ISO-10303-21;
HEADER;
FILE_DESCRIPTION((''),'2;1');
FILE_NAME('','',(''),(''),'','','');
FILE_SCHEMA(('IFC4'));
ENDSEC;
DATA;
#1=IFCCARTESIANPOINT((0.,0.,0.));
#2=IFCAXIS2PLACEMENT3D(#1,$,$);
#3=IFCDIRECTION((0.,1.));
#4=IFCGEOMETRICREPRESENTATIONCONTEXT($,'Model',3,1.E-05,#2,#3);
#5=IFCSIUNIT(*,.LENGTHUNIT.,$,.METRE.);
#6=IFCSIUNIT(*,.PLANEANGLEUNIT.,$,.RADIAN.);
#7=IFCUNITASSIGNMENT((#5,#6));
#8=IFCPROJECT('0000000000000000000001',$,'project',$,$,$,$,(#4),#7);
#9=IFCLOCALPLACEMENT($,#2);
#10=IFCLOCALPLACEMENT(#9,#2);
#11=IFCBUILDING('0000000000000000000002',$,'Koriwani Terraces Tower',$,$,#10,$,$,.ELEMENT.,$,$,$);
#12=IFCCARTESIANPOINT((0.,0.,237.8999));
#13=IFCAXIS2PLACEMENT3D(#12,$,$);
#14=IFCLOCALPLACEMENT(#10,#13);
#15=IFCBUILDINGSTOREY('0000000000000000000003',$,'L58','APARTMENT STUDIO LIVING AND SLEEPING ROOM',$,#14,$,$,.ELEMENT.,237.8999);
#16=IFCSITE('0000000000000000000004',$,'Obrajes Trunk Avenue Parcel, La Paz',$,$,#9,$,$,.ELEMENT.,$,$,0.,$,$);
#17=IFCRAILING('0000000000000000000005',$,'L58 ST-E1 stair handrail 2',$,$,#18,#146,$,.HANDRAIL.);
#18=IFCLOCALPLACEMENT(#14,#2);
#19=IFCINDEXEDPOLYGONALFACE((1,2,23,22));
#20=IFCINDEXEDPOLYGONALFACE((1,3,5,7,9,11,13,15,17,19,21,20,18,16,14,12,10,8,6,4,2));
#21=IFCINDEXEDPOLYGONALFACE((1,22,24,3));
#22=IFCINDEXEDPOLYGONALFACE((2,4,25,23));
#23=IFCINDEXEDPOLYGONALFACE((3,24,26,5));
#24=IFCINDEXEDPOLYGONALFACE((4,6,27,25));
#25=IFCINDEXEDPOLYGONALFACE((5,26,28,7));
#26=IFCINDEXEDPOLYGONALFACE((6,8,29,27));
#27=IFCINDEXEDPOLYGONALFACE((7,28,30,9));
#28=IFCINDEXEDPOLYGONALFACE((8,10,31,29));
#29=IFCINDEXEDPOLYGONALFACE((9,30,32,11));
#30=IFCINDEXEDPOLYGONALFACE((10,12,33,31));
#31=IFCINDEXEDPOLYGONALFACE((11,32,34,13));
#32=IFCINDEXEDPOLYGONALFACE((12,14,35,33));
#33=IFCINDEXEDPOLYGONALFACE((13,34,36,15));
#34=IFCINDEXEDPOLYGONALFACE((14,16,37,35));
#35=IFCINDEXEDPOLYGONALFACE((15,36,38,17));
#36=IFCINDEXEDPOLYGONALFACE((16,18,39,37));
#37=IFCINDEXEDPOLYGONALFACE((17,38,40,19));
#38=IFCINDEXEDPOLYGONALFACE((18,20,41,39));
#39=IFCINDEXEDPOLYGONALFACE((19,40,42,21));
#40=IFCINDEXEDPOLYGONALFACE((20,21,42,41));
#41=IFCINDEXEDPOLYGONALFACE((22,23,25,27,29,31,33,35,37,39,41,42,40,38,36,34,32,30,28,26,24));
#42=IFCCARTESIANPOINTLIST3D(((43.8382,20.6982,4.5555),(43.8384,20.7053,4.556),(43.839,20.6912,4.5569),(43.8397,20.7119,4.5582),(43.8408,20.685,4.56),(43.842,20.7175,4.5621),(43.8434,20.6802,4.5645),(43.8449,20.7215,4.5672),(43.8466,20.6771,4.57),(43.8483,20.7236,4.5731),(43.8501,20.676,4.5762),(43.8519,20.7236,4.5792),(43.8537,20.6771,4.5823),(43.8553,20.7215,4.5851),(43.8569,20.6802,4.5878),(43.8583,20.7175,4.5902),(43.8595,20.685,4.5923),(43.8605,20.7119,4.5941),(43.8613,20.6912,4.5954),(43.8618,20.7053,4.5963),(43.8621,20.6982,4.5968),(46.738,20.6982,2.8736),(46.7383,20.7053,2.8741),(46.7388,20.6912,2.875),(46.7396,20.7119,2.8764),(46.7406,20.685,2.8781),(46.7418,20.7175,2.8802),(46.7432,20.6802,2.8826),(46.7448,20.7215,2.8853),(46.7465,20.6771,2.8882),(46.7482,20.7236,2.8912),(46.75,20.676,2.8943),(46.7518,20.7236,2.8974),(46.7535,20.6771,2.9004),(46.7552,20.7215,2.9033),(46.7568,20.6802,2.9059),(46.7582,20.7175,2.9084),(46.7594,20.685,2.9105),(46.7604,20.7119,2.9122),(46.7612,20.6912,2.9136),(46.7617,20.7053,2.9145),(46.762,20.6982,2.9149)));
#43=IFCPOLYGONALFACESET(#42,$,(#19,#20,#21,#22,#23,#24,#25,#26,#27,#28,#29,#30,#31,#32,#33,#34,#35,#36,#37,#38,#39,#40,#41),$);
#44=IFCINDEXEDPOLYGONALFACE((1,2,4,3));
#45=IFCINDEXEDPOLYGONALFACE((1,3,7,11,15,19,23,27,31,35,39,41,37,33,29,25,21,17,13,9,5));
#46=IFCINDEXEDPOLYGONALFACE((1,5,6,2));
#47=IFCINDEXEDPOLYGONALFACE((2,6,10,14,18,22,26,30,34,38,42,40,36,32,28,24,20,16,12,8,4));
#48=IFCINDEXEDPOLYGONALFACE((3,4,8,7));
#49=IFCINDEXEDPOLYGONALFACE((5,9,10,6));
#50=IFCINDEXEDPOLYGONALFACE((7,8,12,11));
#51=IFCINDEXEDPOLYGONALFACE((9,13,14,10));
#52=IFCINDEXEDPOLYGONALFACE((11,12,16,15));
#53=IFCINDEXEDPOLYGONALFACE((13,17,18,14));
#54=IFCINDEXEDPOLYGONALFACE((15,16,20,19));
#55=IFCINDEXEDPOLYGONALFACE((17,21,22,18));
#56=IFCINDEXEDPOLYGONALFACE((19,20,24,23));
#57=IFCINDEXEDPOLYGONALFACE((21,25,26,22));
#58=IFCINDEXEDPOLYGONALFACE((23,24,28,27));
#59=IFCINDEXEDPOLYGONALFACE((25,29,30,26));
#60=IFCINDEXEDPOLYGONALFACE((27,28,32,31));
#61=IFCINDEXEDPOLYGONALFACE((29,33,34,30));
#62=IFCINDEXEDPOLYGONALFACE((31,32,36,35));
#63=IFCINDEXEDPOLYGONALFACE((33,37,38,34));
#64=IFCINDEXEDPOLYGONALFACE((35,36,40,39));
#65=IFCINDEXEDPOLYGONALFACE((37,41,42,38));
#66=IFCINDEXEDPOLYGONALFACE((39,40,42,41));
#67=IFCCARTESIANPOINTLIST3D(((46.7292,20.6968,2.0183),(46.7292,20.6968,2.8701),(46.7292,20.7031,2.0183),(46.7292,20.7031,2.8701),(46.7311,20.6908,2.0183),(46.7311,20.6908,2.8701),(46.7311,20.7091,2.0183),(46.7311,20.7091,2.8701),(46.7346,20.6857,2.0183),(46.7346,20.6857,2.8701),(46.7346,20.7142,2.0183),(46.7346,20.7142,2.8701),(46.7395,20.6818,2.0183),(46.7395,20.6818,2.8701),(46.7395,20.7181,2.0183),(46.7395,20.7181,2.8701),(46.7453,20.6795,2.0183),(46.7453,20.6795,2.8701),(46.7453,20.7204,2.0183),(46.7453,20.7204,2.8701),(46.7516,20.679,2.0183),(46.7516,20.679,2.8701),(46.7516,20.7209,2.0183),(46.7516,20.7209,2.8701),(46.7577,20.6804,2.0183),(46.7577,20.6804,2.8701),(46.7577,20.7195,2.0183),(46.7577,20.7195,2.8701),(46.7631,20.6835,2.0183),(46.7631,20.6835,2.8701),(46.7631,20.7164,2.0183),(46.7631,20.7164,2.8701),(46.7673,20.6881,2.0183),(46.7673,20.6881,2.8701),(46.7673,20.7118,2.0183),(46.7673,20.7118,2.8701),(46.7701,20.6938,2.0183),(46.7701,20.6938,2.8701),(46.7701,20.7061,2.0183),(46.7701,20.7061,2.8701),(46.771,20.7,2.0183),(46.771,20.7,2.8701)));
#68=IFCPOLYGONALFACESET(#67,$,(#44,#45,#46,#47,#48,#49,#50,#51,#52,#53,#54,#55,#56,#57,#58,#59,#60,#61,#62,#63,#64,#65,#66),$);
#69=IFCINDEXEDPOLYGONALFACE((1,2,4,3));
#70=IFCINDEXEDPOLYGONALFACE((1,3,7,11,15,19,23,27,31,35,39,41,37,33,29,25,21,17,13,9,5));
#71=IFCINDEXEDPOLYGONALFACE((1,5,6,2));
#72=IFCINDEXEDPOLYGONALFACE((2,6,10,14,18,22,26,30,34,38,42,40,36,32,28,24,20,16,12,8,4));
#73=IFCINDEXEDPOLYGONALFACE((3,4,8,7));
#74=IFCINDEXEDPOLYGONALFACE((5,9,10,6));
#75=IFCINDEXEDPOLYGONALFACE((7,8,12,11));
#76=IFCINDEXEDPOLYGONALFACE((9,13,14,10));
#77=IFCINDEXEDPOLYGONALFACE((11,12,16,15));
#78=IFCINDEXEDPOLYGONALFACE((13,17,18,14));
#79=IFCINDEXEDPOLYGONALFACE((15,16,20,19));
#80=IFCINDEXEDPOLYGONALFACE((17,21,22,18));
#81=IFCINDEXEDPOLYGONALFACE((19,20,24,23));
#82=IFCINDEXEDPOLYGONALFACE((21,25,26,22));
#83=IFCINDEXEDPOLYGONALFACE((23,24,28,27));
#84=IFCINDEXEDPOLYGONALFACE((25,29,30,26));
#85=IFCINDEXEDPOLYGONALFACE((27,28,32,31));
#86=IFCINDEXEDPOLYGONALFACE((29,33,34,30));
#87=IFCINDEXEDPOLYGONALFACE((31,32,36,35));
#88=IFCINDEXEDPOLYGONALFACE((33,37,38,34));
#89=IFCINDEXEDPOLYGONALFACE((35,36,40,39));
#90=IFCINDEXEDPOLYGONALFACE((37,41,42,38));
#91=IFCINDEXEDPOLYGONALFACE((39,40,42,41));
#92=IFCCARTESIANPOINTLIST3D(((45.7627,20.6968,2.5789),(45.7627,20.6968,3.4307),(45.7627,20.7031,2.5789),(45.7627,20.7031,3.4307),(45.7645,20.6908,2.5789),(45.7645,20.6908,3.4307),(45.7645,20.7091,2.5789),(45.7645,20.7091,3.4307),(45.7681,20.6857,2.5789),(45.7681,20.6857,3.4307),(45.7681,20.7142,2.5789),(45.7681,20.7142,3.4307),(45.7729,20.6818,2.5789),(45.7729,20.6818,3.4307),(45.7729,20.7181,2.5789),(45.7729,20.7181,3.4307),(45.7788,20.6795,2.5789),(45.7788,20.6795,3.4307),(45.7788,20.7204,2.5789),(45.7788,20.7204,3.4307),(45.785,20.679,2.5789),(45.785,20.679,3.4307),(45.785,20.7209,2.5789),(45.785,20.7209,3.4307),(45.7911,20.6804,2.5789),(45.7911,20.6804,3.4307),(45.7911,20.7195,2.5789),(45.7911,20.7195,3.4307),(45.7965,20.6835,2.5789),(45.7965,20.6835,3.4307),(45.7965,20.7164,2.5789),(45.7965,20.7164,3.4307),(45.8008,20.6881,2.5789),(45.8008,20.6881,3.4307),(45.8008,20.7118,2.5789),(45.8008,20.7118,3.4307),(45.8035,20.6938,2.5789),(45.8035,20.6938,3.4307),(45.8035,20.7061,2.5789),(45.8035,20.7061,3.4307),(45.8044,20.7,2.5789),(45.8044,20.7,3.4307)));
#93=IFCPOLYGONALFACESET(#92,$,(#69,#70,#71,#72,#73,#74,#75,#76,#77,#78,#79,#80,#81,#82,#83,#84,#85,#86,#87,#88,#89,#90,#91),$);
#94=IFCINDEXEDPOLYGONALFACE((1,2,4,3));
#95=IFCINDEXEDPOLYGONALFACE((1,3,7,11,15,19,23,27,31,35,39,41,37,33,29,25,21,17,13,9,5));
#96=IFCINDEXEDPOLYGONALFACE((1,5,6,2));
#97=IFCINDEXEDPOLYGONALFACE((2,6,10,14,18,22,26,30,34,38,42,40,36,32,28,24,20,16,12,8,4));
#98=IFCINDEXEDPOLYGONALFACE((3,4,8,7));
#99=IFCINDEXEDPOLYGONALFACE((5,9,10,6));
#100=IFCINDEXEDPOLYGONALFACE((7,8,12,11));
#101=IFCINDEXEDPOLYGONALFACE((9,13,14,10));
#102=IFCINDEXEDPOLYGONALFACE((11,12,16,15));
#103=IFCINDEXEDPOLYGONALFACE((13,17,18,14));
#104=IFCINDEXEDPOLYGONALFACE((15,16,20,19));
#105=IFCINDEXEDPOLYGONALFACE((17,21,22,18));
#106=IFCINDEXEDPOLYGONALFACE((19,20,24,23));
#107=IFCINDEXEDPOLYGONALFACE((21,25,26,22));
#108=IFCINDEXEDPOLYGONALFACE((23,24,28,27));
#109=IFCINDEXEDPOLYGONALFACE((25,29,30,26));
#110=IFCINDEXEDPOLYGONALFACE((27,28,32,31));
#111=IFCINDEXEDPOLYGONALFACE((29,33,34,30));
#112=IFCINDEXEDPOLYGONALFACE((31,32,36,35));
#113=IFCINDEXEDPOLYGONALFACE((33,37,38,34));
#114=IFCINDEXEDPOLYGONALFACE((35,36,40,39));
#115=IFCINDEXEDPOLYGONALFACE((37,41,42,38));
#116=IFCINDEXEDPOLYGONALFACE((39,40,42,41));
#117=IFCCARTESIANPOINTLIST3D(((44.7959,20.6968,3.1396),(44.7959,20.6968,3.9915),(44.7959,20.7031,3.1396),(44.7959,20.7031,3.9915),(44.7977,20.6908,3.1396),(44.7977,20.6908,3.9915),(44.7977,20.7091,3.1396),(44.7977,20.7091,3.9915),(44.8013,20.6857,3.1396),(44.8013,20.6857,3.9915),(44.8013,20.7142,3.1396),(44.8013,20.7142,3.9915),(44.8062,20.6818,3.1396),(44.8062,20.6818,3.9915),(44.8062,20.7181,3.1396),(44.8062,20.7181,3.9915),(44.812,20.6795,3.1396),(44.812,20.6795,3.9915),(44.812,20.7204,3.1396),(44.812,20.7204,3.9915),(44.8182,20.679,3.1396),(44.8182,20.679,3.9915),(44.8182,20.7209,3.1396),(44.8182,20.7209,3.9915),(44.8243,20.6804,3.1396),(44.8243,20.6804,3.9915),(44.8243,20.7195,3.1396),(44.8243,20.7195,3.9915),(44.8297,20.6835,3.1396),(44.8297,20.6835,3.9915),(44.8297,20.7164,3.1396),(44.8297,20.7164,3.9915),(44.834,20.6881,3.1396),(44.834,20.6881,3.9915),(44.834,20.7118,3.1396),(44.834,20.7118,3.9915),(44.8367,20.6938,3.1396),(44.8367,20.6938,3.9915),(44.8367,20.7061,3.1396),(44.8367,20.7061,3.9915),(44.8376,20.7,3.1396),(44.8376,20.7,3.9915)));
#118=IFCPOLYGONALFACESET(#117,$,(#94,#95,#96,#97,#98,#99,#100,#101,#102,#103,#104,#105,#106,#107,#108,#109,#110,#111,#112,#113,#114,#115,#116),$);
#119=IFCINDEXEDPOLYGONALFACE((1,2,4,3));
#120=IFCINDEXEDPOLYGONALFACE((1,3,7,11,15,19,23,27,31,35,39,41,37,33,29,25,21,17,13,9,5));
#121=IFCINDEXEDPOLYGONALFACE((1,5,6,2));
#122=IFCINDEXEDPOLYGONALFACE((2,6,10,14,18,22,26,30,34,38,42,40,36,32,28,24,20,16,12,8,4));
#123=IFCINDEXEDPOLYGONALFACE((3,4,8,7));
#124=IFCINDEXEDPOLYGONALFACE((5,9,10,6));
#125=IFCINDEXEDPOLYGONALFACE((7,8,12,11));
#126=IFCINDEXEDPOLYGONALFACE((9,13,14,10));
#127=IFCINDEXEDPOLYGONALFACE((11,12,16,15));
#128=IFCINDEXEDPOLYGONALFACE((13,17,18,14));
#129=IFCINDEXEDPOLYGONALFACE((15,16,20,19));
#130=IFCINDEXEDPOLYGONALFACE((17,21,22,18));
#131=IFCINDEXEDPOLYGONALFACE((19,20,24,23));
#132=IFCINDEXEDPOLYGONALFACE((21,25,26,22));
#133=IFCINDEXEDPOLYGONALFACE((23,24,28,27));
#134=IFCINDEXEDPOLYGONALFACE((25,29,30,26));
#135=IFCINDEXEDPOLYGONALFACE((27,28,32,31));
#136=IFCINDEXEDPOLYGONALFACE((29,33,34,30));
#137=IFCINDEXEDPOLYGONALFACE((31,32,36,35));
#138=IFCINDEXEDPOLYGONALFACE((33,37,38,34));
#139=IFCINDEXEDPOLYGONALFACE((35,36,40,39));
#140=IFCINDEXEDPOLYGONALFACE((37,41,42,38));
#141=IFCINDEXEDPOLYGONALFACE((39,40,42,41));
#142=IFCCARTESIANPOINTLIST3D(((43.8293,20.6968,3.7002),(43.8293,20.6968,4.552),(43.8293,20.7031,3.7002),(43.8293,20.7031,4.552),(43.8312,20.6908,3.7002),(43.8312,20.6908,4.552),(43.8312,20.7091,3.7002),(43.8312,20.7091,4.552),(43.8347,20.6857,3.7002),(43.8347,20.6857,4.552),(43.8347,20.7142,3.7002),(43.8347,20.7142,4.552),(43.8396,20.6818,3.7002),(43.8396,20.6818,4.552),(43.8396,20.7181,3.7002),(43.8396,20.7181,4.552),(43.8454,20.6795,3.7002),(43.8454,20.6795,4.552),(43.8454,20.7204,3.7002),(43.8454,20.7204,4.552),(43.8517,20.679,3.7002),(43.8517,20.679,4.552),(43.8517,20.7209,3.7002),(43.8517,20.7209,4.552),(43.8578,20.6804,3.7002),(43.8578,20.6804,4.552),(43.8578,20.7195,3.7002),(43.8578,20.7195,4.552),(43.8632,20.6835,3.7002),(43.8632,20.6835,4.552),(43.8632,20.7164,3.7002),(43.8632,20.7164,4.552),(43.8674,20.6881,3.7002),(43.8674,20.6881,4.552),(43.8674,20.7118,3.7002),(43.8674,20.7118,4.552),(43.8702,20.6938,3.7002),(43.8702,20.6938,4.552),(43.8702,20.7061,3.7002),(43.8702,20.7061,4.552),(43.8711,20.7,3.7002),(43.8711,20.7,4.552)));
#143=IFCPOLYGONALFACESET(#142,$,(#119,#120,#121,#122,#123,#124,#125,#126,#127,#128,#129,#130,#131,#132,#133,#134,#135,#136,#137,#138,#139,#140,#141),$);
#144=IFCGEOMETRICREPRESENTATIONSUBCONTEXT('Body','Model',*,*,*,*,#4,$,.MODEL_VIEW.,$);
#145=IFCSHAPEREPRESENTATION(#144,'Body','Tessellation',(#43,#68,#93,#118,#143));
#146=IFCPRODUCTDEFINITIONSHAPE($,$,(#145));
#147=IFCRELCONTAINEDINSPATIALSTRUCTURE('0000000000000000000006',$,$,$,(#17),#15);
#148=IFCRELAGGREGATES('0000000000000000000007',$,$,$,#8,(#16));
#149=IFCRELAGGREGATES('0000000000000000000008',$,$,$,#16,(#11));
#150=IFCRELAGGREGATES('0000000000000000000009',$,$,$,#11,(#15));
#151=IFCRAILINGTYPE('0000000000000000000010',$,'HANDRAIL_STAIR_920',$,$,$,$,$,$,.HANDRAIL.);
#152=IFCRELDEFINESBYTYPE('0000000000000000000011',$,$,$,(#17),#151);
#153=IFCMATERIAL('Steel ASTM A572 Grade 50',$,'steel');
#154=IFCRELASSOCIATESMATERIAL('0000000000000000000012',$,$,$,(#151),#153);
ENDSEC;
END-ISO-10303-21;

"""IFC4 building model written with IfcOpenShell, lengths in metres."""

from ifc_helpers import new_model, si_unit, direction, frame, origin, origin_2d, place, context, subcontext, project, spatial, circle, extrude, material, type_object, element, save


model = new_model("IFC4")

# Units and contexts
model_context = context("Model", 3, precision=1e-05, world=origin(), true_north=direction((0.0, 1.0)))
body_context = subcontext(model_context, "Body", "Model", "MODEL_VIEW")
ifc_project = project(units=[si_unit("LENGTHUNIT", "METRE"), si_unit("PLANEANGLEUNIT", "RADIAN")], contexts=[model_context])

# Site, building, storey
site_placement = place(None, origin())
site = spatial("IfcSite", under=ifc_project, at=site_placement, Name="Obrajes Trunk Avenue Parcel, La Paz", CompositionType="ELEMENT", RefElevation=0.0)
building_placement = place(site_placement, origin())
building = spatial("IfcBuilding", under=site, at=building_placement, Name="Koriwani Terraces Tower", CompositionType="ELEMENT")
storey_placement = place(building_placement, frame((0.0, 0.0, 237.8999)))
storey = spatial("IfcBuildingStorey", under=building, at=storey_placement, Name="L58", Description="APARTMENT STUDIO LIVING AND SLEEPING ROOM", CompositionType="ELEMENT", Elevation=237.8999)

# Shared definitions
ifc_material_1 = material(Name="Steel ASTM A572 Grade 50", Category="steel")

# Railing
railing_type_1 = type_object("IfcRailingType", Name="HANDRAIL_STAIR_920", PredefinedType="HANDRAIL", material=ifc_material_1)
railing_1_placement = place(storey_placement, frame((46.75, 20.7, 2.0183)))
element("IfcRailing", 1, at=railing_1_placement, inside=storey, type_object=railing_type_1, Name="L58 ST-E1 stair handrail 2", PredefinedType="HANDRAIL", context=body_context, shape_type="SweptSolid", body=[
    extrude(circle(Radius=0.0239, at=origin_2d()), frame((0.0, 0.0, 0.876), z_axis=(-0.865039, 0.0, 0.501705), x_axis=(0.0, -1.0, 0.0)), (0.0, 0.0, 1.0), 3.3523),
    extrude(circle(Radius=0.021, at=origin_2d()), origin(), (0.0, 0.0, 1.0), 0.8518),
    extrude(circle(Radius=0.021, at=origin_2d()), frame((-0.9666, 0.0, 0.5605)), (0.0, 0.0, 1.0), 0.8518),
    extrude(circle(Radius=0.021, at=origin_2d()), frame((-1.9333, 0.0, 1.1213)), (0.0, 0.0, 1.0), 0.8518),
    extrude(circle(Radius=0.021, at=origin_2d()), frame((-2.8999, 0.0, 1.6819)), (0.0, 0.0, 1.0), 0.8518),
])

save(model, "model.ifc")
